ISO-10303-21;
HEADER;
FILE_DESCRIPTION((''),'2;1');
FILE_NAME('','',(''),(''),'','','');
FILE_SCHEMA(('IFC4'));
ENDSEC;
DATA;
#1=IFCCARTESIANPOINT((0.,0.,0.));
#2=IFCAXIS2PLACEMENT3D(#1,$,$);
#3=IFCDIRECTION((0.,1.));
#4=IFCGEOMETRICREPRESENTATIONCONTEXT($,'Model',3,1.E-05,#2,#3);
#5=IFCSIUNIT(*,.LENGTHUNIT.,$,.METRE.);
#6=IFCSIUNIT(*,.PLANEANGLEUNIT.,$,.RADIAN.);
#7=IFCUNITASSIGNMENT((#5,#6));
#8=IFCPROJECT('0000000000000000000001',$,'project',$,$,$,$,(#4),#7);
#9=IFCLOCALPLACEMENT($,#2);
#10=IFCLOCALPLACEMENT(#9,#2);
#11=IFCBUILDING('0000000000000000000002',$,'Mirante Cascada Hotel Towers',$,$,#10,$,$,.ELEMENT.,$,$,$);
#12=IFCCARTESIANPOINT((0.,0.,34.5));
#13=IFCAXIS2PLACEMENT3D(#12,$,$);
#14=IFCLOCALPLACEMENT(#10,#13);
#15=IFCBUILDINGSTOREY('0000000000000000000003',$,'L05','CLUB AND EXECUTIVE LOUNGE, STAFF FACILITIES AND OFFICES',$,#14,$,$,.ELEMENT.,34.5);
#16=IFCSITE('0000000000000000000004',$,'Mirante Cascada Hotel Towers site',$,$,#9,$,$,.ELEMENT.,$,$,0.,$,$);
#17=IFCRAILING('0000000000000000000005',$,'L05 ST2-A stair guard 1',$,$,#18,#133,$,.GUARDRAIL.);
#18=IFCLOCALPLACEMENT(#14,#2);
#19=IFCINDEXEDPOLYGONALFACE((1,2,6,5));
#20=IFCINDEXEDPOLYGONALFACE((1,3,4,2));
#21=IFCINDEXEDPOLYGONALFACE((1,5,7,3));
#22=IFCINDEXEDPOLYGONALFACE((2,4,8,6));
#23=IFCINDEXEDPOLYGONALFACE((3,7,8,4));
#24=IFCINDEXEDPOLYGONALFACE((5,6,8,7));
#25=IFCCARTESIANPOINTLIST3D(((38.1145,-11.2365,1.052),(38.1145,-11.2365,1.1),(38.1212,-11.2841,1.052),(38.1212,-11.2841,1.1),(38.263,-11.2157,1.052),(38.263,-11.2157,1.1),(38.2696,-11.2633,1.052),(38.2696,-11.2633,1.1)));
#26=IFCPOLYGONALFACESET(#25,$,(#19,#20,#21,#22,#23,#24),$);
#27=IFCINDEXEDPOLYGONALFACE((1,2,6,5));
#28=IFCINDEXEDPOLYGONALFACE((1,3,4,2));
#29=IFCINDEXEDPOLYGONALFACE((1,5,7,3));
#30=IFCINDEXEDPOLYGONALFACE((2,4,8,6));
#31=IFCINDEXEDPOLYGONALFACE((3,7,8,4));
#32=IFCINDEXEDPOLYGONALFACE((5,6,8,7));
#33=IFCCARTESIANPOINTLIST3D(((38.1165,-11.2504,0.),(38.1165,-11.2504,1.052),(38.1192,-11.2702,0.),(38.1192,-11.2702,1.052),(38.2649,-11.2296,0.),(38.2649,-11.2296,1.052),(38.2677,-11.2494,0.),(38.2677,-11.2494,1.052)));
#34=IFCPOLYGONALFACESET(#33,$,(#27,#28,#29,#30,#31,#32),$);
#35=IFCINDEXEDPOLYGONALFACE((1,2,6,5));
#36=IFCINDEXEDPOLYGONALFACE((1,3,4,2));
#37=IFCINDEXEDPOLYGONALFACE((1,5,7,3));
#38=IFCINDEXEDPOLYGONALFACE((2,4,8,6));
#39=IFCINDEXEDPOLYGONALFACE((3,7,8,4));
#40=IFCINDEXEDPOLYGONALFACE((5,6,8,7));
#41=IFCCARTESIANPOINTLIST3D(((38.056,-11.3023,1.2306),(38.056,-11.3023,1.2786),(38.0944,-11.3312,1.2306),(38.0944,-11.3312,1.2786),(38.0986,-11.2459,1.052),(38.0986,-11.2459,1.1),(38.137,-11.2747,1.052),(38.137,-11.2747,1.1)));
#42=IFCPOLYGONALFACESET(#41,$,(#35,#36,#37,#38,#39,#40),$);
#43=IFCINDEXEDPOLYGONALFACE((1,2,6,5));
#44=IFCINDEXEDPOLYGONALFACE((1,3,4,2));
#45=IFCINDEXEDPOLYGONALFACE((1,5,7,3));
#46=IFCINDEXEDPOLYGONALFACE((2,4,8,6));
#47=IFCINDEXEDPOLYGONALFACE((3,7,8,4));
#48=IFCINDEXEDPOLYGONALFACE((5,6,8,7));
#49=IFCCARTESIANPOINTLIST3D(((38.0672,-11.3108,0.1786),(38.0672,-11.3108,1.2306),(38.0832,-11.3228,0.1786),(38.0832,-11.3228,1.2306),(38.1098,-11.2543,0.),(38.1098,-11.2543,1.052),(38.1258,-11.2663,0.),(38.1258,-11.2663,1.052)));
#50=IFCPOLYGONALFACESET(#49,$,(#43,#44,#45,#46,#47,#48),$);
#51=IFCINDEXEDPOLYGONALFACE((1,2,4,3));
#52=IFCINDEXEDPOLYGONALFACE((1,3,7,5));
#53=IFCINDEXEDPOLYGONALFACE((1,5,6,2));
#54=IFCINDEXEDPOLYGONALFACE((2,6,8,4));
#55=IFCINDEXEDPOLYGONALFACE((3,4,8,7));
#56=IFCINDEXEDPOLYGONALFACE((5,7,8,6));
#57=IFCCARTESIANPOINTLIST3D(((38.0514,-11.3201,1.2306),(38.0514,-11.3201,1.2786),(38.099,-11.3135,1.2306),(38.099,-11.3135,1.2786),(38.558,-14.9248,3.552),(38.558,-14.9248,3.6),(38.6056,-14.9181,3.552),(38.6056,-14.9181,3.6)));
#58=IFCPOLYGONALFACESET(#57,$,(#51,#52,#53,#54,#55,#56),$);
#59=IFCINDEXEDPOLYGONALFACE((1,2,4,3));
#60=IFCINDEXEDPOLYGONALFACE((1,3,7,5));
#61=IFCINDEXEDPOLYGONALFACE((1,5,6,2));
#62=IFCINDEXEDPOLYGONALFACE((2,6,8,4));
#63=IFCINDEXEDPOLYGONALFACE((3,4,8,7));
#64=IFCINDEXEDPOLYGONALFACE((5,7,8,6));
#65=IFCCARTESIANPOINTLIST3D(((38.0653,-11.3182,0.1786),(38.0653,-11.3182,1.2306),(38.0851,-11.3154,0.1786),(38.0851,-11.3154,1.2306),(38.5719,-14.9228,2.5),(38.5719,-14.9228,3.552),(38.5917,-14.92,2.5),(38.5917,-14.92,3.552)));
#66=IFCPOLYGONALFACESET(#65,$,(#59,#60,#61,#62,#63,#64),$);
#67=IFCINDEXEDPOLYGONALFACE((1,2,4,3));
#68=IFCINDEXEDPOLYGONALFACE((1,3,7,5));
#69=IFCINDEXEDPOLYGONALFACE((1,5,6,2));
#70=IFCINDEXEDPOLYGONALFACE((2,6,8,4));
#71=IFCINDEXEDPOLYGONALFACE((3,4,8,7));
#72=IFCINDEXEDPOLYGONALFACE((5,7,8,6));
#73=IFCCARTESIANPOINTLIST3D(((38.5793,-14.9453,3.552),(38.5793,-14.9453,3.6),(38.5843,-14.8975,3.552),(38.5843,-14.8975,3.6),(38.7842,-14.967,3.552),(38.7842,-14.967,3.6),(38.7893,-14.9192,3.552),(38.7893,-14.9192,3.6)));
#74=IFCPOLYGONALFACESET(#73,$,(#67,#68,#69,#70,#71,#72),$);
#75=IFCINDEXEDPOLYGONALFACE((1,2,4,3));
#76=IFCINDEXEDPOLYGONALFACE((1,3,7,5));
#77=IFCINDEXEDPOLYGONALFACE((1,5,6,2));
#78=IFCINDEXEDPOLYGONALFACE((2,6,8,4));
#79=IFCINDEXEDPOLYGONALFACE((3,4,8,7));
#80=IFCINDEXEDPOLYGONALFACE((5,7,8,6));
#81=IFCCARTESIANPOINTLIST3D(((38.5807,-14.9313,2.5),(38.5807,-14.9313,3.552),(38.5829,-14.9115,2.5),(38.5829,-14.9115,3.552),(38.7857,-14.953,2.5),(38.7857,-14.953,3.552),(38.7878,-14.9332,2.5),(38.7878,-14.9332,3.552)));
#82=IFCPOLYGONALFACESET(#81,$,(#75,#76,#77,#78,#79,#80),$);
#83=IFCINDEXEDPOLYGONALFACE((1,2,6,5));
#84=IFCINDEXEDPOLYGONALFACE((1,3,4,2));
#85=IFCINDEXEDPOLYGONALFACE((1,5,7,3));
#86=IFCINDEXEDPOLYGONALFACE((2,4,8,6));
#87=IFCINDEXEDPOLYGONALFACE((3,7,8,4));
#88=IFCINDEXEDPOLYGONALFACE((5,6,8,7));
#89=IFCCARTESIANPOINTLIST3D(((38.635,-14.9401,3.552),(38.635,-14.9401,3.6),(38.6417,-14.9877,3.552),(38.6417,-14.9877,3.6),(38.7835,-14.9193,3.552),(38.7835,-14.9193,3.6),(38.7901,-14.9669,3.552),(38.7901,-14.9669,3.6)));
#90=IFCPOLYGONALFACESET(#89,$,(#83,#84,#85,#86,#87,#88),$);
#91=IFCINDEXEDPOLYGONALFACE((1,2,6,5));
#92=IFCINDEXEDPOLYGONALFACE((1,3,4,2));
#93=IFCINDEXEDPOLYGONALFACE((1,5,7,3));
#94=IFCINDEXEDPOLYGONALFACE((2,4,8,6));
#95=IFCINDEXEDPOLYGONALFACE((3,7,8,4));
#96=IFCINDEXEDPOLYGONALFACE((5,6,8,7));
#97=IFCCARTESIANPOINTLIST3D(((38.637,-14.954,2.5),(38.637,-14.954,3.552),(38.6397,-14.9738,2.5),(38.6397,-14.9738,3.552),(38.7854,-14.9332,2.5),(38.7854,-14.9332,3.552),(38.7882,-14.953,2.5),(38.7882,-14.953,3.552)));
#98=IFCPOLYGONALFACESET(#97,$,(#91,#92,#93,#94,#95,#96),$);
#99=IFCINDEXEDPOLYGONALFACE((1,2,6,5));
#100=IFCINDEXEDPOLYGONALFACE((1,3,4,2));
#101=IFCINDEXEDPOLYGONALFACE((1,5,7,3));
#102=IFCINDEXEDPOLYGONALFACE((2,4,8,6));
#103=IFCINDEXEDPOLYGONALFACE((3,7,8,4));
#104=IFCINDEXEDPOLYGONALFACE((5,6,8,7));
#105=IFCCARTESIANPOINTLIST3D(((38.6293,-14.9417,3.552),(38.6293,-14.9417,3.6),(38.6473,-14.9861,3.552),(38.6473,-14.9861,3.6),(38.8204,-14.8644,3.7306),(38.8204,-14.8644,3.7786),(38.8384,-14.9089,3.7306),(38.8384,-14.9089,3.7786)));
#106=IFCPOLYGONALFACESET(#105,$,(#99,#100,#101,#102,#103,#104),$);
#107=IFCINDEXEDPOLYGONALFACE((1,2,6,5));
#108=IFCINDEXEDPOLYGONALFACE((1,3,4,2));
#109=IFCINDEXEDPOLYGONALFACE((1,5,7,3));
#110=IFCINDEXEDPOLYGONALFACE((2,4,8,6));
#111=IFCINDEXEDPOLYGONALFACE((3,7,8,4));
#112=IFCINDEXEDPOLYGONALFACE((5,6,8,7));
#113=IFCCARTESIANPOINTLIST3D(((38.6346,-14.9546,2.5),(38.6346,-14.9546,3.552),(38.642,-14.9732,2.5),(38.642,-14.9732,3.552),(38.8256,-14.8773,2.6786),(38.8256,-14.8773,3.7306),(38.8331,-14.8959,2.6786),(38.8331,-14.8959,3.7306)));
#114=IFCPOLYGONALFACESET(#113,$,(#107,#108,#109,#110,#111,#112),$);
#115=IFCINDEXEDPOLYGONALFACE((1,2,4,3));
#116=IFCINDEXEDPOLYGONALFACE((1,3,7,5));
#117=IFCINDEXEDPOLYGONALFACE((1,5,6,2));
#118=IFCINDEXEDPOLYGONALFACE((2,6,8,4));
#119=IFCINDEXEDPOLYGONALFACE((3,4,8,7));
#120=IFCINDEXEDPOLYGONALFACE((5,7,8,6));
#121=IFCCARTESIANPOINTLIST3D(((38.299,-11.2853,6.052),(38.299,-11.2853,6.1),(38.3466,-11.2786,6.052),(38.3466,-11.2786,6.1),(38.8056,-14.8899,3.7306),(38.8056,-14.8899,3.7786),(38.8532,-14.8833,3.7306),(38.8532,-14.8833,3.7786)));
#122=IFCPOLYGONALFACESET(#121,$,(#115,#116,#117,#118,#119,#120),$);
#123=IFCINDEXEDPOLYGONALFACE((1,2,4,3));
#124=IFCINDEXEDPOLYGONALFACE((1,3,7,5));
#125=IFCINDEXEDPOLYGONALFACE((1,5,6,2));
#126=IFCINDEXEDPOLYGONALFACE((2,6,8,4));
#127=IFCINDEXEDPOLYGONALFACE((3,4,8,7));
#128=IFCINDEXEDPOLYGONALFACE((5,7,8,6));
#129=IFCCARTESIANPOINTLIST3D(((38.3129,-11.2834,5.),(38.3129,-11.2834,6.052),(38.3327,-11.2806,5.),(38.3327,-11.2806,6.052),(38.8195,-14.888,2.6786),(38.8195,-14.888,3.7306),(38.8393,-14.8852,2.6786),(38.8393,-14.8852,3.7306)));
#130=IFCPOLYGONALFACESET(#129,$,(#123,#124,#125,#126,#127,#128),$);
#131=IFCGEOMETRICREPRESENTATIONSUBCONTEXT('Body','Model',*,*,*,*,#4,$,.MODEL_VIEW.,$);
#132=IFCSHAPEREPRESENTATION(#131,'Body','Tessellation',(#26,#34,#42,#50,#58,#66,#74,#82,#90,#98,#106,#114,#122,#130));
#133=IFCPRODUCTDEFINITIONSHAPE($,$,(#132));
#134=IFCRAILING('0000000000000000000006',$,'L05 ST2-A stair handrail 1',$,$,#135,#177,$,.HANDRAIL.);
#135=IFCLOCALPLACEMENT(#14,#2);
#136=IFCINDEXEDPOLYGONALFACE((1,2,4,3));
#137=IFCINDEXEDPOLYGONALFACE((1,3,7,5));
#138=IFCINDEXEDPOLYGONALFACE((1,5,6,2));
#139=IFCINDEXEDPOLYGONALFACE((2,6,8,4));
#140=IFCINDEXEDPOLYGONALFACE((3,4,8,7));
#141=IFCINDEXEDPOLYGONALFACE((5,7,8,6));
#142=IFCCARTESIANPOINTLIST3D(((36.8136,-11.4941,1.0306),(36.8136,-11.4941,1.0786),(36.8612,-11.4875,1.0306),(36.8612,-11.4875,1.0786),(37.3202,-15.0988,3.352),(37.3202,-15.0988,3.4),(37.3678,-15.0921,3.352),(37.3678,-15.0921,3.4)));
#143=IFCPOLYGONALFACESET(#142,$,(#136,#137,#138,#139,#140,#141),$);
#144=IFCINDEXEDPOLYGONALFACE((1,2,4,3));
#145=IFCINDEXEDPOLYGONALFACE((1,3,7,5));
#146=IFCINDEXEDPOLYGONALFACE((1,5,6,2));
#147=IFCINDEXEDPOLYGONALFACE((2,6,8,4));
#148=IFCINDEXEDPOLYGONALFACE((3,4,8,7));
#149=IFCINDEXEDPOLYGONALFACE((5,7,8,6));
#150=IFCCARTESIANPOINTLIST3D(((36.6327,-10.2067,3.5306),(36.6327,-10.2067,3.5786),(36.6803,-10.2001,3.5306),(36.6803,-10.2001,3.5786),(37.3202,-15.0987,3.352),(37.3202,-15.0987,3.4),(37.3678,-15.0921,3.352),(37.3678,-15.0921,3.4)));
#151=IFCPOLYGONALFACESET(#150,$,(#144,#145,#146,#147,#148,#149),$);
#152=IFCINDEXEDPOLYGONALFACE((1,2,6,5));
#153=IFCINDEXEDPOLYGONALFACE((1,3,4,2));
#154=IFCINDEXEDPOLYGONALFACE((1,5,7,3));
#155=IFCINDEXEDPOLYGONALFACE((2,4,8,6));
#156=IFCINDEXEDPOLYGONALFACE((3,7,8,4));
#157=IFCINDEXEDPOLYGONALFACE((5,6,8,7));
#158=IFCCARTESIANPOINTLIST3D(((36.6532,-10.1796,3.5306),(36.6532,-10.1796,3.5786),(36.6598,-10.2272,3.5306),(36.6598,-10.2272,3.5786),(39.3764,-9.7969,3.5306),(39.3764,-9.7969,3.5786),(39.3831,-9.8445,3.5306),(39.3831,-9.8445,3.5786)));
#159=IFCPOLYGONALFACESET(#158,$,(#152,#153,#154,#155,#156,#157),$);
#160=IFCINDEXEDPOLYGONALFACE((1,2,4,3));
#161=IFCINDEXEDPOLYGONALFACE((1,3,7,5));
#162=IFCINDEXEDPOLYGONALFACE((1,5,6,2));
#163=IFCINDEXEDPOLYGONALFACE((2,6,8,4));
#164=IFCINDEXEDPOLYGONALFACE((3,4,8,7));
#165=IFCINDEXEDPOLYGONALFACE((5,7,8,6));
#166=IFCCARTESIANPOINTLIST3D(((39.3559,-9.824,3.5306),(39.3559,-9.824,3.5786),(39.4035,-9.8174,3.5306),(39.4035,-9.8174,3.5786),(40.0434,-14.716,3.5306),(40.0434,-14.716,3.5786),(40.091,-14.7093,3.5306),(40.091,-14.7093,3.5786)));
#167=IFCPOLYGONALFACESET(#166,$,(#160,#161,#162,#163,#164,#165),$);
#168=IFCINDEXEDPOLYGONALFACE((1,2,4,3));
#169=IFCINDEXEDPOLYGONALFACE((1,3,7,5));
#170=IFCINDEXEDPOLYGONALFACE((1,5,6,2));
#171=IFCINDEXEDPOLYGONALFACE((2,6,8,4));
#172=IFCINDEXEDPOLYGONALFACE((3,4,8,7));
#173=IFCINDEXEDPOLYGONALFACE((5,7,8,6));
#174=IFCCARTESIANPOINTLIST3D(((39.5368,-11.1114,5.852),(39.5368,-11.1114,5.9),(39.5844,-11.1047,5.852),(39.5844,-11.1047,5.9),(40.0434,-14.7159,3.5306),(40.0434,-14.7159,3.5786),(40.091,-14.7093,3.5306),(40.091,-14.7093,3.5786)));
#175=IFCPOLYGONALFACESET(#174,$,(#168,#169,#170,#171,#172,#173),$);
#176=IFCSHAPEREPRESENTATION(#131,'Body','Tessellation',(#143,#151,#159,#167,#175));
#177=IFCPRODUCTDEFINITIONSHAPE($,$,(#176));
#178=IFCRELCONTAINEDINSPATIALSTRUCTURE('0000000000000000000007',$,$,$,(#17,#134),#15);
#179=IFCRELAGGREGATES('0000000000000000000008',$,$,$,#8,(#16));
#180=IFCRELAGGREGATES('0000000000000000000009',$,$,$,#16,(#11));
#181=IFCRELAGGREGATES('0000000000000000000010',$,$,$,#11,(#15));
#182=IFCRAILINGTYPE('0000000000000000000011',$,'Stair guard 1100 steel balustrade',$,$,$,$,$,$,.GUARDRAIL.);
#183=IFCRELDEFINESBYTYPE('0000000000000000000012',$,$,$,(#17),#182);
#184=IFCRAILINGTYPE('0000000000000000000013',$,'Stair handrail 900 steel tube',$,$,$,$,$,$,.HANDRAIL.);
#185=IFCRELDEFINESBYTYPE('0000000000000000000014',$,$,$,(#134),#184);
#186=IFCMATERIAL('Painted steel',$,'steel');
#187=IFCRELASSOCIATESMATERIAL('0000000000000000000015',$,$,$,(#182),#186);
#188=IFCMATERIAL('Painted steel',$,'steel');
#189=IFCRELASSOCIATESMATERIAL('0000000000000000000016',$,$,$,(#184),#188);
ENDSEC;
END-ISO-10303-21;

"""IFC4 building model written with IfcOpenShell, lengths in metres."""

from ifc_helpers import new_model, si_unit, direction, frame, origin, origin_2d, place, context, subcontext, project, spatial, rectangle, extrude, material, type_object, element, save


model = new_model("IFC4")

# Units and contexts
model_context = context("Model", 3, precision=1e-05, world=origin(), true_north=direction((0.0, 1.0)))
body_context = subcontext(model_context, "Body", "Model", "MODEL_VIEW")
ifc_project = project(units=[si_unit("LENGTHUNIT", "METRE"), si_unit("PLANEANGLEUNIT", "RADIAN")], contexts=[model_context])

# Site, building, storey
site_placement = place(None, origin())
site = spatial("IfcSite", under=ifc_project, at=site_placement, Name="Mirante Cascada Hotel Towers site", CompositionType="ELEMENT", RefElevation=0.0)
building_placement = place(site_placement, origin())
building = spatial("IfcBuilding", under=site, at=building_placement, Name="Mirante Cascada Hotel Towers", CompositionType="ELEMENT")
storey_placement = place(building_placement, frame((0.0, 0.0, 34.5)))
storey = spatial("IfcBuildingStorey", under=building, at=storey_placement, Name="L05", Description="CLUB AND EXECUTIVE LOUNGE, STAFF FACILITIES AND OFFICES", CompositionType="ELEMENT", Elevation=34.5)

# Railings
ifc_material_1 = material(Name="Painted steel", Category="steel")
railing_type_1 = type_object("IfcRailingType", Name="Stair guard 1100 steel balustrade", PredefinedType="GUARDRAIL", material=ifc_material_1)
railing_1_placement = place(storey_placement, frame((38.2663, -11.2395, 0.0)))
element("IfcRailing", 1, at=railing_1_placement, inside=storey, type_object=railing_type_1, Name="L05 ST2-A stair guard 1", PredefinedType="GUARDRAIL", context=body_context, shape_type="SweptSolid", body=[
    extrude(rectangle(XDim=0.048, YDim=0.048, at=origin_2d()), frame((0.0, 0.0, 1.076), z_axis=(-0.990333, -0.138713, 0.0), x_axis=(0.138713, -0.990333, 0.0)), (0.0, 0.0, 1.0), 0.1499),
    extrude(rectangle(XDim=0.02, YDim=1.052, at=origin_2d()), frame((0.0, 0.0, 0.526), z_axis=(-0.990333, -0.138713, 0.0), x_axis=(0.138713, -0.990333, 0.0)), (0.0, 0.0, 1.0), 0.1499),
    extrude(rectangle(XDim=0.048, YDim=0.048, at=origin_2d()), frame((-0.1485, -0.0208, 1.076), z_axis=(-0.602033, -0.798471, 0.0), x_axis=(0.798471, -0.602033, 0.0)), (0.0, 0.929692, 0.368338), 0.1921),
    extrude(rectangle(XDim=0.02, YDim=1.052, at=origin_2d()), frame((-0.1485, -0.0208, 0.526), z_axis=(-0.602033, -0.798471, 0.0), x_axis=(0.798471, -0.602033, 0.0)), (0.0, 0.929692, 0.368338), 0.1921),
    extrude(rectangle(XDim=0.048, YDim=0.048, at=origin_2d()), frame((-0.1911, -0.0773, 1.2546), z_axis=(0.139175, -0.990268, 0.0), x_axis=(0.990268, 0.139175, 0.0)), (0.0, 0.537703, 0.843134), 4.3173),
    extrude(rectangle(XDim=0.02, YDim=1.052, at=origin_2d()), frame((-0.1911, -0.0773, 0.7046), z_axis=(0.139175, -0.990268, 0.0), x_axis=(0.990268, 0.139175, 0.0)), (0.0, 0.537703, 0.843134), 4.3173),
    extrude(rectangle(XDim=0.048, YDim=0.048, at=origin_2d()), frame((0.3155, -3.6819, 3.576), z_axis=(0.994444, -0.105266, 0.0), x_axis=(0.105266, 0.994444, 0.0)), (0.0, 0.0, 1.0), 0.2061),
    extrude(rectangle(XDim=0.02, YDim=1.052, at=origin_2d()), frame((0.3155, -3.6819, 3.026), z_axis=(0.994444, -0.105266, 0.0), x_axis=(0.105266, 0.994444, 0.0)), (0.0, 0.0, 1.0), 0.2061),
    extrude(rectangle(XDim=0.048, YDim=0.048, at=origin_2d()), frame((0.5205, -3.7036, 3.576), z_axis=(-0.990333, -0.138713, 0.0), x_axis=(0.138713, -0.990333, 0.0)), (0.0, 0.0, 1.0), 0.1499),
    extrude(rectangle(XDim=0.02, YDim=1.052, at=origin_2d()), frame((0.5205, -3.7036, 3.026), z_axis=(-0.990333, -0.138713, 0.0), x_axis=(0.138713, -0.990333, 0.0)), (0.0, 0.0, 1.0), 0.1499),
    extrude(rectangle(XDim=0.048, YDim=0.048, at=origin_2d()), frame((0.372, -3.7244, 3.576), z_axis=(0.927031, 0.374984, 0.0), x_axis=(-0.374984, 0.927031, 0.0)), (0.0, 0.654813, 0.755791), 0.2727),
    extrude(rectangle(XDim=0.02, YDim=1.052, at=origin_2d()), frame((0.372, -3.7244, 3.026), z_axis=(0.927031, 0.374984, 0.0), x_axis=(-0.374984, 0.927031, 0.0)), (0.0, 0.654813, 0.755791), 0.2727),
    extrude(rectangle(XDim=0.048, YDim=0.048, at=origin_2d()), frame((0.5631, -3.6471, 3.7546), z_axis=(-0.139175, 0.990268, 0.0), x_axis=(-0.990268, -0.139175, 0.0)), (0.0, 0.537703, 0.843134), 4.3173),
    extrude(rectangle(XDim=0.02, YDim=1.052, at=origin_2d()), frame((0.5631, -3.6471, 3.2046), z_axis=(-0.139175, 0.990268, 0.0), x_axis=(-0.990268, -0.139175, 0.0)), (0.0, 0.537703, 0.843134), 4.3173),
])
ifc_material_2 = material(Name="Painted steel", Category="steel")
railing_type_2 = type_object("IfcRailingType", Name="Stair handrail 900 steel tube", PredefinedType="HANDRAIL", material=ifc_material_2)
railing_2_placement = place(storey_placement, frame((36.8374, -11.4908, 0.1786)))
element("IfcRailing", 2, at=railing_2_placement, inside=storey, type_object=railing_type_2, Name="L05 ST2-A stair handrail 1", PredefinedType="HANDRAIL", context=body_context, shape_type="SweptSolid", body=[
    extrude(rectangle(XDim=0.048, YDim=0.048, at=origin_2d()), frame((0.0, 0.0, 0.876), z_axis=(0.139175, -0.990268, 0.0), x_axis=(0.990268, 0.139175, 0.0)), (0.0, 0.537703, 0.843134), 4.3173),
    extrude(rectangle(XDim=0.048, YDim=0.048, at=origin_2d()), frame((0.5066, -3.6046, 3.1974), z_axis=(-0.139168, 0.990269, 0.0), x_axis=(-0.990269, -0.139168, 0.0)), (0.0, 0.03613, 0.999347), 4.9433),
    extrude(rectangle(XDim=0.048, YDim=0.048, at=origin_2d()), frame((-0.1809, 1.2874, 3.376), z_axis=(0.990269, 0.139166, 0.0), x_axis=(-0.139166, 0.990269, 0.0)), (0.0, 0.0, 1.0), 2.75),
    extrude(rectangle(XDim=0.048, YDim=0.048, at=origin_2d()), frame((2.5423, 1.6701, 3.376), z_axis=(0.139171, -0.990268, 0.0), x_axis=(0.990268, 0.139171, 0.0)), (0.0, 0.0, 1.0), 4.94),
    extrude(rectangle(XDim=0.048, YDim=0.048, at=origin_2d()), frame((3.2298, -3.2218, 3.376), z_axis=(-0.139179, 0.990267, 0.0), x_axis=(-0.990267, -0.139179, 0.0)), (0.0, 0.537713, 0.843128), 4.3172),
])

save(model, "model.ifc")
